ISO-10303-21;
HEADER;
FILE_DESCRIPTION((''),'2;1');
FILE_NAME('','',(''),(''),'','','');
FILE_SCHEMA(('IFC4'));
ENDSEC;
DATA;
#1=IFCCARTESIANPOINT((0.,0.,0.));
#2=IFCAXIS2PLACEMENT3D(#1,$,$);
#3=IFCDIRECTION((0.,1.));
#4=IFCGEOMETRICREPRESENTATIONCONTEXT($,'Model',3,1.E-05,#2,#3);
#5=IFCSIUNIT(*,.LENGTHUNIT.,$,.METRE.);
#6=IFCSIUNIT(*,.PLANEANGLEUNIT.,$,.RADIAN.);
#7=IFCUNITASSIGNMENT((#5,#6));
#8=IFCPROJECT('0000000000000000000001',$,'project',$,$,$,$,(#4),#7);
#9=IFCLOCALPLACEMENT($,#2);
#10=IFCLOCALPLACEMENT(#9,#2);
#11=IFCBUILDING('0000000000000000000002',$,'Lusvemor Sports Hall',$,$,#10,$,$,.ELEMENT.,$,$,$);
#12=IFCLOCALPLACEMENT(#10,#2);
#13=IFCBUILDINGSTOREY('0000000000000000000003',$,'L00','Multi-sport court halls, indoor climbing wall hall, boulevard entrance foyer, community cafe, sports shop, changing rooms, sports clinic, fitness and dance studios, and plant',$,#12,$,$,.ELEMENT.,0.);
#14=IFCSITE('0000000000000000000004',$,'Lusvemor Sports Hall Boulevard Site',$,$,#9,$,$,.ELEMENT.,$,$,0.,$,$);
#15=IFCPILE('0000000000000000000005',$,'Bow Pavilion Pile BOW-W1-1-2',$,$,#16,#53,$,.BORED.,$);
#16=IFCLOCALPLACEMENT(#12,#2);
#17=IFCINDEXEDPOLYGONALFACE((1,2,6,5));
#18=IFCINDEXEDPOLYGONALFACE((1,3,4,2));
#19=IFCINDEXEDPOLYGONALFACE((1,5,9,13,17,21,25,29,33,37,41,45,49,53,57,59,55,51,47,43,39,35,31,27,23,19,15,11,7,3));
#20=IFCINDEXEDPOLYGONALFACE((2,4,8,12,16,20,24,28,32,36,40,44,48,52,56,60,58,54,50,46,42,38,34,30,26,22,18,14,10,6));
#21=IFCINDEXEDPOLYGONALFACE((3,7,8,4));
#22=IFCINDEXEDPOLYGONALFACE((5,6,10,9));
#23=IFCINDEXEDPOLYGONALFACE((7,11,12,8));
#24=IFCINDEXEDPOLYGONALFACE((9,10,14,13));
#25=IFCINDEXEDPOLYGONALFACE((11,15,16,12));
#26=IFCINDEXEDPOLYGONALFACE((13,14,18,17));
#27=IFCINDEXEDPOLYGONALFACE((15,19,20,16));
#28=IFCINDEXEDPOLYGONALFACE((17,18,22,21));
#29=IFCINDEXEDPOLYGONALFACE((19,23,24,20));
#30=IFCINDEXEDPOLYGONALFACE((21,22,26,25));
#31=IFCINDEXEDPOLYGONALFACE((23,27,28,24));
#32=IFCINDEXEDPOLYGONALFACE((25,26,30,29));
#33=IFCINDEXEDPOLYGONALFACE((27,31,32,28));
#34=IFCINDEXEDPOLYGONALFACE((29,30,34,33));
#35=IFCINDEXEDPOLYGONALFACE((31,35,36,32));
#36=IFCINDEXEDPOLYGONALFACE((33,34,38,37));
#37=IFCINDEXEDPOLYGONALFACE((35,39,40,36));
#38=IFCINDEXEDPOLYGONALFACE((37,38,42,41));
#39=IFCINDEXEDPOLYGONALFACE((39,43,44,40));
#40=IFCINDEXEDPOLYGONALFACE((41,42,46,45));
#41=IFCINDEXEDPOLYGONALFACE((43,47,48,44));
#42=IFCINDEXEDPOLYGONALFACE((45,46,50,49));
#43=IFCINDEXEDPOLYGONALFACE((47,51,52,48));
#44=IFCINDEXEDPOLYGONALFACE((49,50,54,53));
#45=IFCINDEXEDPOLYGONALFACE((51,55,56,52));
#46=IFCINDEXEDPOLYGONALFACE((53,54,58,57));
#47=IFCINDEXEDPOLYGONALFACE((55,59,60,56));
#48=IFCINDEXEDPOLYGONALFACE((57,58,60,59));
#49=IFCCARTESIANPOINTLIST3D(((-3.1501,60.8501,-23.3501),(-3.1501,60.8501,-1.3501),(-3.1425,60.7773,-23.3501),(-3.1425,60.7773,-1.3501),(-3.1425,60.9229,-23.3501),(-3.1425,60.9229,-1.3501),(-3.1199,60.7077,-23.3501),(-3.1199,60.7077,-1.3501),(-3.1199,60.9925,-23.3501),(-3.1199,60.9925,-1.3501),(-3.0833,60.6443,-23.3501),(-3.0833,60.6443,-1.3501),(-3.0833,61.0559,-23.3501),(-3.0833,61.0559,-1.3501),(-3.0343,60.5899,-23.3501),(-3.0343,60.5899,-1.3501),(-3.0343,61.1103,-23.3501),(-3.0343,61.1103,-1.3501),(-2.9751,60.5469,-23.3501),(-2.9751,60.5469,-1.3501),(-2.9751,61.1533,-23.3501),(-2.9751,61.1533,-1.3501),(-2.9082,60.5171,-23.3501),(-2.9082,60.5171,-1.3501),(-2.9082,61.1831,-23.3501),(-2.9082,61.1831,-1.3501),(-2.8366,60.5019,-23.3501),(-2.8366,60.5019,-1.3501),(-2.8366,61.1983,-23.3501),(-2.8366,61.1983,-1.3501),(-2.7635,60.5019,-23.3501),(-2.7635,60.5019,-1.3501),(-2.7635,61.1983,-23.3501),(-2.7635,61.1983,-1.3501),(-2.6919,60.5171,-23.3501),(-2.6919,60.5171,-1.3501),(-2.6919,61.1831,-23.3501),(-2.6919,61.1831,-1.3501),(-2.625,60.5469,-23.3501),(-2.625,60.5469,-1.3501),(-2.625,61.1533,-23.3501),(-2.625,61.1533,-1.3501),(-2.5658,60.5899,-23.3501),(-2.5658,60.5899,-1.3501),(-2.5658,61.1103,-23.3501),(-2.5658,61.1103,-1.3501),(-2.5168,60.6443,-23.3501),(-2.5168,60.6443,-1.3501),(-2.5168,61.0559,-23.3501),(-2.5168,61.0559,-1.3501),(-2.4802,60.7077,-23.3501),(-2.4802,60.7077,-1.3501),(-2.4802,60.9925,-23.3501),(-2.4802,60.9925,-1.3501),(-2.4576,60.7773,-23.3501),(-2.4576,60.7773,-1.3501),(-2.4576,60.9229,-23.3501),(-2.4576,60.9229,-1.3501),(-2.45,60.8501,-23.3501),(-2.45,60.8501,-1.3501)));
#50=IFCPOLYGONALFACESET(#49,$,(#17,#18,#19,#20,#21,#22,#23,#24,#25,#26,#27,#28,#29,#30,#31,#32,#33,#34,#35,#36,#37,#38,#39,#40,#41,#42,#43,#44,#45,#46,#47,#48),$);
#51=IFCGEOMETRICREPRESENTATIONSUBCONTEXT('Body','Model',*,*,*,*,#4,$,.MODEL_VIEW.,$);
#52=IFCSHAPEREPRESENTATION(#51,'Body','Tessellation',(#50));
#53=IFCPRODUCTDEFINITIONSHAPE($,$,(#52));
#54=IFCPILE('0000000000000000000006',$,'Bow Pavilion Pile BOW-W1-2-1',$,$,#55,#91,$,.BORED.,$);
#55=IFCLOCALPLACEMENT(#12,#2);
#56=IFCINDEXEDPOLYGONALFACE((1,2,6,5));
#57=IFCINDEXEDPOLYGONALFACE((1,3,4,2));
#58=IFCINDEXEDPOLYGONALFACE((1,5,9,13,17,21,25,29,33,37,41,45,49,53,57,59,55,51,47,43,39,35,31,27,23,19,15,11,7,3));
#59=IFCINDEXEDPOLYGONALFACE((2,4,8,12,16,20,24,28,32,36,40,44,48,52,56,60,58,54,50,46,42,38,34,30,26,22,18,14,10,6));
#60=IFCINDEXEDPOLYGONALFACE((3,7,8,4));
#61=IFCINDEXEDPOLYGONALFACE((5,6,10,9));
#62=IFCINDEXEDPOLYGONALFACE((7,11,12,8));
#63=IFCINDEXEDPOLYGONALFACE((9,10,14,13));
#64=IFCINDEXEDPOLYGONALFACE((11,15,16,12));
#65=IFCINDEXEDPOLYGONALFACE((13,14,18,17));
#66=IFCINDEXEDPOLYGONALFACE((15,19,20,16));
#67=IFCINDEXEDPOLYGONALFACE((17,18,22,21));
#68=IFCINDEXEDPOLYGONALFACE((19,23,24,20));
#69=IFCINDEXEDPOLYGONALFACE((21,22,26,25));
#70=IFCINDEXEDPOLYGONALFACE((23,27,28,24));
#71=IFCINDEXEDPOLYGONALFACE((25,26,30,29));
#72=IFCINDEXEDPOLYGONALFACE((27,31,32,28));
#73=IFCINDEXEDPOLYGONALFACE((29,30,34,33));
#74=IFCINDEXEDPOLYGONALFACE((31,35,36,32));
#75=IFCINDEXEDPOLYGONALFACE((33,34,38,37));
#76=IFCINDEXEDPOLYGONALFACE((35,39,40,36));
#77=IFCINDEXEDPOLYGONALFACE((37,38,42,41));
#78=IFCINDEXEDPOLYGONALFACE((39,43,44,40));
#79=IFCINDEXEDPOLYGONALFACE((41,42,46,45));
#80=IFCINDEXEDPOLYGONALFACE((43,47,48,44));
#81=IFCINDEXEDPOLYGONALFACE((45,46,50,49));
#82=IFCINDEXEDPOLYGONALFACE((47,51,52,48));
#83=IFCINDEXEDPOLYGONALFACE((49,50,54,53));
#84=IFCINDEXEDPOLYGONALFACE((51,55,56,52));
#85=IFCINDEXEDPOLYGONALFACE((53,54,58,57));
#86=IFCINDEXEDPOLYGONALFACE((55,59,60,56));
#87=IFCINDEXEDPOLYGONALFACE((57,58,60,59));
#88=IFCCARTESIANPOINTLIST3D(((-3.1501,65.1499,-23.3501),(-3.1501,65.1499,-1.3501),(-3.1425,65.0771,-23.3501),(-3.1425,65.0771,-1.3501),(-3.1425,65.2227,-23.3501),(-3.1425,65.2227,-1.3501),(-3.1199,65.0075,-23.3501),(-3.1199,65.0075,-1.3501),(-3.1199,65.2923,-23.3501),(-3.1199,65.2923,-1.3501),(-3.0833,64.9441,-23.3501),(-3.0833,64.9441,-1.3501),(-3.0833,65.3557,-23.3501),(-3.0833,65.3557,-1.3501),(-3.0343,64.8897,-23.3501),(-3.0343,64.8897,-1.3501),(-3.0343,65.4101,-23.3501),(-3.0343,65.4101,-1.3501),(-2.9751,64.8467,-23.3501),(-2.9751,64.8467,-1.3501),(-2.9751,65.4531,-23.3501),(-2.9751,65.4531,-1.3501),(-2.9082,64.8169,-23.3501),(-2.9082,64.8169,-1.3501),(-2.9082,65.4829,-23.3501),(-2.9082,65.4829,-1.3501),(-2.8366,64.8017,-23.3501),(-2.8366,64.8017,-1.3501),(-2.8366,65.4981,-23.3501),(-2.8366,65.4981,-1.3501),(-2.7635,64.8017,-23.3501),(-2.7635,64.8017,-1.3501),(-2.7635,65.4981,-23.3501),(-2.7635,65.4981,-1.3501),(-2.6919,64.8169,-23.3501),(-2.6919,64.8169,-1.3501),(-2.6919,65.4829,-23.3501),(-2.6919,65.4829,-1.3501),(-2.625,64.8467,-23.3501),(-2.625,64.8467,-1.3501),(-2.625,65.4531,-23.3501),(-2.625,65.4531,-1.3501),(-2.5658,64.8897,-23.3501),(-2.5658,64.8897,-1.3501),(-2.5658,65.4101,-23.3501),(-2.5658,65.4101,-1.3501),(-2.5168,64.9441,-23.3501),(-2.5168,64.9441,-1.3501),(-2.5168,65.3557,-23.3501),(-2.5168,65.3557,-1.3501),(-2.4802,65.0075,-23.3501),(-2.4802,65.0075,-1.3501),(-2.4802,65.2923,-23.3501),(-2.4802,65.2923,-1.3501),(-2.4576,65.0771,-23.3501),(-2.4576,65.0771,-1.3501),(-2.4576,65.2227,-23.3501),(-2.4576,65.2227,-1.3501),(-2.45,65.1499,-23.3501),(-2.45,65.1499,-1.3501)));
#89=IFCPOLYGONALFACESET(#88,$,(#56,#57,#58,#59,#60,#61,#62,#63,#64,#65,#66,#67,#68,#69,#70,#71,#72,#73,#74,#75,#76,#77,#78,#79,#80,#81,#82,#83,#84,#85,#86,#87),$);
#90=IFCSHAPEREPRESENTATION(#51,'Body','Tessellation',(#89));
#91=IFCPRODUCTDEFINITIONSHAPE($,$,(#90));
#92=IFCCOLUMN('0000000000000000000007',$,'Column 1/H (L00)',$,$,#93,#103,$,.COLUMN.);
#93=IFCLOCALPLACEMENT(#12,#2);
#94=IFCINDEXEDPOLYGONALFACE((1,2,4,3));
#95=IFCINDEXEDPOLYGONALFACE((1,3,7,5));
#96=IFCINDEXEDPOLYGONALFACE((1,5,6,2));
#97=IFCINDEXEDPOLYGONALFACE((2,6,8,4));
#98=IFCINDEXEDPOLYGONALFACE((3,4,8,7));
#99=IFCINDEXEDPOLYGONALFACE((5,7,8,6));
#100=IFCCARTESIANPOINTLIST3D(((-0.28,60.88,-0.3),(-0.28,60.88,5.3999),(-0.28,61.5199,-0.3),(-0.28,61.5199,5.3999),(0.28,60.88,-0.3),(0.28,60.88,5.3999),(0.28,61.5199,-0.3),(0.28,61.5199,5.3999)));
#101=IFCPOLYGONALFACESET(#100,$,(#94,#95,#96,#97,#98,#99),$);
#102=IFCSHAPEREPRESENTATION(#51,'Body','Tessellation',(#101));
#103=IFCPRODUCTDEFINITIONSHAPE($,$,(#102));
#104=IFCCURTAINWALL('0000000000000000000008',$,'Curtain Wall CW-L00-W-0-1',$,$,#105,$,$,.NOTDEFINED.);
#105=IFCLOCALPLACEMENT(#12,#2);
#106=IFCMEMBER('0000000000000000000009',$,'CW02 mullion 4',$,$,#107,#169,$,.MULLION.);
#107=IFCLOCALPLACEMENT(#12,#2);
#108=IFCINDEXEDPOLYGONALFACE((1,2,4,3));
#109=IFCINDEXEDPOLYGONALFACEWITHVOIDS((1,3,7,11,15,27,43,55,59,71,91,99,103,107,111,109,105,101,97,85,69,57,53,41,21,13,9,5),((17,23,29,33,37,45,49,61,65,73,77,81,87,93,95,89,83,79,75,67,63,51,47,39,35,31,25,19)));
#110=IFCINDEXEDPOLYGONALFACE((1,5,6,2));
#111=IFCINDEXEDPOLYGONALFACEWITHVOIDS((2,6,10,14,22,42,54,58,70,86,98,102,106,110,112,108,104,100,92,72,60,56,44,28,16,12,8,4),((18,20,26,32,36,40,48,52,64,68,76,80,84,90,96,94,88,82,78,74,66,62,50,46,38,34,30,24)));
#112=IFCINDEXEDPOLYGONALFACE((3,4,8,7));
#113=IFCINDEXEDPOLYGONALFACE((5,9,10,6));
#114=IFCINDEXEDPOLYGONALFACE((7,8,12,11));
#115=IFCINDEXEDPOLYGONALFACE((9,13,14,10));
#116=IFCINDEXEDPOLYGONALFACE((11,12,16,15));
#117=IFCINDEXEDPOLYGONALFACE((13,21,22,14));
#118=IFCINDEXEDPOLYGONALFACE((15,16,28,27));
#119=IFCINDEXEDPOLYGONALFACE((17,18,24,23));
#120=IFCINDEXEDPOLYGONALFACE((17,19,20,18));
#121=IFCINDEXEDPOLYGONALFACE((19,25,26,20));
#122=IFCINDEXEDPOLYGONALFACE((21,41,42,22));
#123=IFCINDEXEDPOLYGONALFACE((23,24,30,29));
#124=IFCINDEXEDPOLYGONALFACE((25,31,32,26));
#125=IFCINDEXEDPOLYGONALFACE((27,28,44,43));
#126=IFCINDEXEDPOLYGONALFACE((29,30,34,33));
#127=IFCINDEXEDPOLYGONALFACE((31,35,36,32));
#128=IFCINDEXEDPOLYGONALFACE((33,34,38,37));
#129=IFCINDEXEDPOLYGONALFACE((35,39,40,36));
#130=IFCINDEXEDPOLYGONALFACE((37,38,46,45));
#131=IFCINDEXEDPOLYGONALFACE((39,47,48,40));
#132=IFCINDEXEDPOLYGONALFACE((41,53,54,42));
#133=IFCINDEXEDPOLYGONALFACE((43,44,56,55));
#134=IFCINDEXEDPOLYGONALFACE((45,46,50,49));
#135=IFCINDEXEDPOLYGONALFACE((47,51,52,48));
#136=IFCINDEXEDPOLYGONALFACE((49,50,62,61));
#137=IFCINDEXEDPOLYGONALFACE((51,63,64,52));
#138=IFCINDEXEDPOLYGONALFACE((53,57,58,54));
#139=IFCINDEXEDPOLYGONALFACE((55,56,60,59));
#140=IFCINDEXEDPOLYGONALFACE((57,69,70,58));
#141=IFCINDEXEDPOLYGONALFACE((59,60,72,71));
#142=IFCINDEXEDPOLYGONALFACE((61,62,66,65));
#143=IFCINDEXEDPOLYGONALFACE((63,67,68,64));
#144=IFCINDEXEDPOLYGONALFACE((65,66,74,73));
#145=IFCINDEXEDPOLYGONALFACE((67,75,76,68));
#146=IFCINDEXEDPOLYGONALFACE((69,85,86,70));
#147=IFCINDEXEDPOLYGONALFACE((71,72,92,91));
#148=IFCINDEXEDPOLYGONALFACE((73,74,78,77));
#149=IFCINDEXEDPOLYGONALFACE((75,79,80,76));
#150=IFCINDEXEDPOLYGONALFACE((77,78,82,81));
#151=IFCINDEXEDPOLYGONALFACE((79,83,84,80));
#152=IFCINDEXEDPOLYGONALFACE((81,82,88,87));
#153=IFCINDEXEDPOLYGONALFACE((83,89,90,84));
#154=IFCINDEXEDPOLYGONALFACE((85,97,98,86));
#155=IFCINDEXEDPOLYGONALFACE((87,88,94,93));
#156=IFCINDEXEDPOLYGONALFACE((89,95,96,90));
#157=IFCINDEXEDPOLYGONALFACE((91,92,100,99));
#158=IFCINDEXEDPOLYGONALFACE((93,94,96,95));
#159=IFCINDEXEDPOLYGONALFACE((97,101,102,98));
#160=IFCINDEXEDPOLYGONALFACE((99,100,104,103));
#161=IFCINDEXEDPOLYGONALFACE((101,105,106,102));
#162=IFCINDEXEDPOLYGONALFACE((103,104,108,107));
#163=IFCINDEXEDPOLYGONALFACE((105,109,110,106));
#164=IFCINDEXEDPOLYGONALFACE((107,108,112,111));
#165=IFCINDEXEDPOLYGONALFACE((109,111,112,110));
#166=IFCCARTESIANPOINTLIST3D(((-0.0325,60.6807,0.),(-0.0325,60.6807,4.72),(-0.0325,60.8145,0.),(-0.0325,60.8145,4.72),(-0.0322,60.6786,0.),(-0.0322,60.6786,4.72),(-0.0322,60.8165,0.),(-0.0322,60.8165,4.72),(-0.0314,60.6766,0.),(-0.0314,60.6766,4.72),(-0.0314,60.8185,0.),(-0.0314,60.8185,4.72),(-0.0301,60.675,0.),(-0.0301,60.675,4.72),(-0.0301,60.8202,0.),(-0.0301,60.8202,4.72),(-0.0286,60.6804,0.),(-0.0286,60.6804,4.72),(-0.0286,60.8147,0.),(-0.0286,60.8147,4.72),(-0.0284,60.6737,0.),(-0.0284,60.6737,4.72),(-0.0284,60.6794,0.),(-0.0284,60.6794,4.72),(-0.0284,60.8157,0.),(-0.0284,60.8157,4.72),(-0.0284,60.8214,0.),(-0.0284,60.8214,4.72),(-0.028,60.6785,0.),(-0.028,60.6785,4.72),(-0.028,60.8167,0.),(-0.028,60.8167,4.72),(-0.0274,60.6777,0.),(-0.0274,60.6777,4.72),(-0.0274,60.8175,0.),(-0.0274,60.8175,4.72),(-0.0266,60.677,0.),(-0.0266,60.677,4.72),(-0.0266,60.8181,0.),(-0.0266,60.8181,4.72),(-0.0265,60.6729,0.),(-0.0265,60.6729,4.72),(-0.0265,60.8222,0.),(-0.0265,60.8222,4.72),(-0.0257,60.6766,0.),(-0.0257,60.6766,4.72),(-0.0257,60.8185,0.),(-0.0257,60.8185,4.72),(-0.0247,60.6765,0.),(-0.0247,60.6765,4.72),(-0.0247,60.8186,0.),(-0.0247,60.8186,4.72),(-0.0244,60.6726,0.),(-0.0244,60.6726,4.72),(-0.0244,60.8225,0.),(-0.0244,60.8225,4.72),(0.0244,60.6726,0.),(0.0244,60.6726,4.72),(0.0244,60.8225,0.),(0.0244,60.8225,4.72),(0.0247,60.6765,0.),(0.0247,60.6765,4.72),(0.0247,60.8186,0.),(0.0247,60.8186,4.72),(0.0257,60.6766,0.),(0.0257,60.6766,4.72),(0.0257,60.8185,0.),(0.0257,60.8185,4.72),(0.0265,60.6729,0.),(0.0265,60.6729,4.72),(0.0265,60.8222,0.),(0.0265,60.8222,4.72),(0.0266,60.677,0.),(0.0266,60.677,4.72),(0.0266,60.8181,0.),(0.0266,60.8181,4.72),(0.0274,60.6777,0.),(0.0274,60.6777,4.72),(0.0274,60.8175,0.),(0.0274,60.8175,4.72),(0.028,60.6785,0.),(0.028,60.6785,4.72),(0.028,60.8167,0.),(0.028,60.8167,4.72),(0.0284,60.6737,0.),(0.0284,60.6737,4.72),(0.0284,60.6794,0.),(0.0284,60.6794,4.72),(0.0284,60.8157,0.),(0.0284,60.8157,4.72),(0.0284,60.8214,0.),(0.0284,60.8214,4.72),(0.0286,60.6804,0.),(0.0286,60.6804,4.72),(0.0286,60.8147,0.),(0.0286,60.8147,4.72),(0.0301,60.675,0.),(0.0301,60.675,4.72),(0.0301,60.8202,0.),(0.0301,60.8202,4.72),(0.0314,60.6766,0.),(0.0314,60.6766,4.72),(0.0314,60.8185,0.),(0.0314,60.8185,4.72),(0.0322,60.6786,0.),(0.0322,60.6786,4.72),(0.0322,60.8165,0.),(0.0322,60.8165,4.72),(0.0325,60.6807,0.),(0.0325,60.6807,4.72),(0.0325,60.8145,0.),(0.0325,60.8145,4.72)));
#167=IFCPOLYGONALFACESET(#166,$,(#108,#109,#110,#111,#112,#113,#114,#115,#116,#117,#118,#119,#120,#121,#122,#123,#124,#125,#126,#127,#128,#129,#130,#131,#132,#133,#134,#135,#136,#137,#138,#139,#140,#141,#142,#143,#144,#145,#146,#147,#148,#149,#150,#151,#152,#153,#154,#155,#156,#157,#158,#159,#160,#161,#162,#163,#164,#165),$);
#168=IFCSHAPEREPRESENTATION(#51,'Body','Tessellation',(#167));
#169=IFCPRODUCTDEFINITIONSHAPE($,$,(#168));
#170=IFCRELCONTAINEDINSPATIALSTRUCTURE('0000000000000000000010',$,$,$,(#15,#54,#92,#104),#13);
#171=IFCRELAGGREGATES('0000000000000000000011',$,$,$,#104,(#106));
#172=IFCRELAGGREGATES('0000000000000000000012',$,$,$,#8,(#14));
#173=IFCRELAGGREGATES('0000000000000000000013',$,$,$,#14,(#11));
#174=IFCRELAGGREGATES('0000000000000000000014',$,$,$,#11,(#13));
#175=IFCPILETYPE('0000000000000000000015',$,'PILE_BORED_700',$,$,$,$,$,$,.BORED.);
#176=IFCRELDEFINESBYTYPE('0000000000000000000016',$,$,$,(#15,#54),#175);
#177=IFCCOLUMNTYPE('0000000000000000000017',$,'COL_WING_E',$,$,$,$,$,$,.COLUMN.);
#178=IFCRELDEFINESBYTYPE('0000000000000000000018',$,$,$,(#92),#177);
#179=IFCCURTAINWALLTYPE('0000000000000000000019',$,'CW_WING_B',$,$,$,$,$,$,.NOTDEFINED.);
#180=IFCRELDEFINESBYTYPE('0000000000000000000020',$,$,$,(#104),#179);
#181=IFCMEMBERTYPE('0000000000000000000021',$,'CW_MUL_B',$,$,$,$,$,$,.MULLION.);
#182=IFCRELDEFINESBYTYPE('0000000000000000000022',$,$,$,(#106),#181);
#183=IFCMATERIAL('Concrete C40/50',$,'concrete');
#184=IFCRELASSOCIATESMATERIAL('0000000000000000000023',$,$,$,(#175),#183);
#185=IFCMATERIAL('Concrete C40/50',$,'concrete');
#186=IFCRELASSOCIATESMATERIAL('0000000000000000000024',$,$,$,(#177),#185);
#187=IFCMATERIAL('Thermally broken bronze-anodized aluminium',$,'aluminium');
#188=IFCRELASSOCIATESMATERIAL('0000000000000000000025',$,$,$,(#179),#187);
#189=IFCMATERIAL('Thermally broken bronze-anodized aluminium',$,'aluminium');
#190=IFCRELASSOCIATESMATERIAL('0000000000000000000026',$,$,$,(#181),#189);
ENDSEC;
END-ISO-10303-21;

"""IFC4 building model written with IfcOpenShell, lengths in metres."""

from ifc_helpers import new_model, si_unit, direction, frame, origin, origin_2d, place, context, subcontext, project, spatial, rectangle, hollow_rectangle, circle, extrude, material, material_profile, profile_set, type_object, element, aggregate, save


model = new_model("IFC4")

# Units and contexts
model_context = context("Model", 3, precision=1e-05, world=origin(), true_north=direction((0.0, 1.0)))
body_context = subcontext(model_context, "Body", "Model", "MODEL_VIEW")
ifc_project = project(units=[si_unit("LENGTHUNIT", "METRE"), si_unit("PLANEANGLEUNIT", "RADIAN")], contexts=[model_context])

# Site, building, storey
site_placement = place(None, origin())
site = spatial("IfcSite", under=ifc_project, at=site_placement, Name="Lusvemor Sports Hall Boulevard Site", CompositionType="ELEMENT", RefElevation=0.0)
building_placement = place(site_placement, origin())
building = spatial("IfcBuilding", under=site, at=building_placement, Name="Lusvemor Sports Hall", CompositionType="ELEMENT")
storey_placement = place(building_placement, origin())
storey = spatial("IfcBuildingStorey", under=building, at=storey_placement, Name="L00", Description="Multi-sport court halls, indoor climbing wall hall, boulevard entrance foyer, community cafe, sports shop, changing rooms, sports clinic, fitness and dance studios, and plant", CompositionType="ELEMENT", Elevation=0.0)

# Piles
ifc_material_1 = material(Name="Concrete C40/50", Category="concrete")
ifc_material_profile_1 = material_profile(ifc_material_1, circle(Radius=0.3501, at=origin_2d()), Name="PILE700")
ifc_profile_set_1 = profile_set([ifc_material_profile_1], Name="Concrete C40/50")
pile_type = type_object("IfcPileType", Name="PILE_BORED_700", PredefinedType="BORED", material=ifc_profile_set_1)
for number, where, z_axis, x_axis, name in (
    (1, (-2.8, 60.8501, -1.3501), (0.0, 0.0, -1.0), (1.0, 0.0, 0.0), "Bow Pavilion Pile BOW-W1-1-2"),
    (2, (-2.8, 65.1499, -1.3501), (0.0, 0.0, -1.0), (1.0, 0.0, 0.0), "Bow Pavilion Pile BOW-W1-2-1"),
):
    element("IfcPile", number, at=place(storey_placement, frame(where, z_axis=z_axis, x_axis=x_axis)), inside=storey, type_object=pile_type, Name=name, PredefinedType="BORED", context=body_context, shape_type="SweptSolid", body=[
        extrude(circle(Radius=0.3501, at=origin_2d()), origin(), (0.0, 0.0, 1.0), 22.0),
    ])

# Column
ifc_material_2 = material(Name="Concrete C40/50", Category="concrete")
ifc_material_profile_2 = material_profile(ifc_material_2, rectangle(XDim=0.5601, YDim=0.6399, at=origin_2d()), Name="RC560x640")
ifc_profile_set_2 = profile_set([ifc_material_profile_2], Name="Concrete C40/50")
column_type = type_object("IfcColumnType", Name="COL_WING_E", PredefinedType="COLUMN", material=ifc_profile_set_2)
column_placement = place(storey_placement, frame((0.0, 61.2, -0.3), z_axis=(0.0, 0.0, 1.0), x_axis=(1.0, 0.0, 0.0)))
element("IfcColumn", 3, at=column_placement, inside=storey, type_object=column_type, Name="Column 1/H (L00)", PredefinedType="COLUMN", context=body_context, shape_type="SweptSolid", body=[
    extrude(rectangle(XDim=0.5601, YDim=0.6399, at=origin_2d()), origin(), (0.0, 0.0, 1.0), 5.7),
])

# Curtain wall, member
ifc_material_3 = material(Name="Thermally broken bronze-anodized aluminium", Category="aluminium")
curtain_wall_type = type_object("IfcCurtainWallType", Name="CW_WING_B", PredefinedType="NOTDEFINED", material=ifc_material_3)
curtain_wall_1_placement = place(storey_placement, origin())
curtain_wall_1 = element("IfcCurtainWall", 4, at=curtain_wall_1_placement, inside=storey, type_object=curtain_wall_type, Name="Curtain Wall CW-L00-W-0-1", PredefinedType="NOTDEFINED")
ifc_material_4 = material(Name="Thermally broken bronze-anodized aluminium", Category="aluminium")
ifc_material_profile_3 = material_profile(ifc_material_4, hollow_rectangle(XDim=0.0649, YDim=0.1499, WallThickness=0.0039, InnerFilletRadius=0.0039, OuterFilletRadius=0.0081, at=origin_2d()), Name="CWMUL150x65x4")
ifc_profile_set_3 = profile_set([ifc_material_profile_3], Name="Thermally broken bronze-anodized aluminium")
member_type_1 = type_object("IfcMemberType", Name="CW_MUL_B", PredefinedType="MULLION", material=ifc_profile_set_3)
member_1_placement = place(storey_placement, frame((0.0, 60.7476, 0.0), z_axis=(0.0, 0.0, 1.0), x_axis=(-1.0, 0.0, 0.0)))
member_1 = element("IfcMember", 5, at=member_1_placement, type_object=member_type_1, Name="CW02 mullion 4", PredefinedType="MULLION", context=body_context, shape_type="SweptSolid", body=[
    extrude(hollow_rectangle(XDim=0.0649, YDim=0.1499, WallThickness=0.0039, InnerFilletRadius=0.0039, OuterFilletRadius=0.0081, at=origin_2d()), origin(), (0.0, 0.0, 1.0), 4.72),
])
aggregate(curtain_wall_1, [member_1])

save(model, "model.ifc")
